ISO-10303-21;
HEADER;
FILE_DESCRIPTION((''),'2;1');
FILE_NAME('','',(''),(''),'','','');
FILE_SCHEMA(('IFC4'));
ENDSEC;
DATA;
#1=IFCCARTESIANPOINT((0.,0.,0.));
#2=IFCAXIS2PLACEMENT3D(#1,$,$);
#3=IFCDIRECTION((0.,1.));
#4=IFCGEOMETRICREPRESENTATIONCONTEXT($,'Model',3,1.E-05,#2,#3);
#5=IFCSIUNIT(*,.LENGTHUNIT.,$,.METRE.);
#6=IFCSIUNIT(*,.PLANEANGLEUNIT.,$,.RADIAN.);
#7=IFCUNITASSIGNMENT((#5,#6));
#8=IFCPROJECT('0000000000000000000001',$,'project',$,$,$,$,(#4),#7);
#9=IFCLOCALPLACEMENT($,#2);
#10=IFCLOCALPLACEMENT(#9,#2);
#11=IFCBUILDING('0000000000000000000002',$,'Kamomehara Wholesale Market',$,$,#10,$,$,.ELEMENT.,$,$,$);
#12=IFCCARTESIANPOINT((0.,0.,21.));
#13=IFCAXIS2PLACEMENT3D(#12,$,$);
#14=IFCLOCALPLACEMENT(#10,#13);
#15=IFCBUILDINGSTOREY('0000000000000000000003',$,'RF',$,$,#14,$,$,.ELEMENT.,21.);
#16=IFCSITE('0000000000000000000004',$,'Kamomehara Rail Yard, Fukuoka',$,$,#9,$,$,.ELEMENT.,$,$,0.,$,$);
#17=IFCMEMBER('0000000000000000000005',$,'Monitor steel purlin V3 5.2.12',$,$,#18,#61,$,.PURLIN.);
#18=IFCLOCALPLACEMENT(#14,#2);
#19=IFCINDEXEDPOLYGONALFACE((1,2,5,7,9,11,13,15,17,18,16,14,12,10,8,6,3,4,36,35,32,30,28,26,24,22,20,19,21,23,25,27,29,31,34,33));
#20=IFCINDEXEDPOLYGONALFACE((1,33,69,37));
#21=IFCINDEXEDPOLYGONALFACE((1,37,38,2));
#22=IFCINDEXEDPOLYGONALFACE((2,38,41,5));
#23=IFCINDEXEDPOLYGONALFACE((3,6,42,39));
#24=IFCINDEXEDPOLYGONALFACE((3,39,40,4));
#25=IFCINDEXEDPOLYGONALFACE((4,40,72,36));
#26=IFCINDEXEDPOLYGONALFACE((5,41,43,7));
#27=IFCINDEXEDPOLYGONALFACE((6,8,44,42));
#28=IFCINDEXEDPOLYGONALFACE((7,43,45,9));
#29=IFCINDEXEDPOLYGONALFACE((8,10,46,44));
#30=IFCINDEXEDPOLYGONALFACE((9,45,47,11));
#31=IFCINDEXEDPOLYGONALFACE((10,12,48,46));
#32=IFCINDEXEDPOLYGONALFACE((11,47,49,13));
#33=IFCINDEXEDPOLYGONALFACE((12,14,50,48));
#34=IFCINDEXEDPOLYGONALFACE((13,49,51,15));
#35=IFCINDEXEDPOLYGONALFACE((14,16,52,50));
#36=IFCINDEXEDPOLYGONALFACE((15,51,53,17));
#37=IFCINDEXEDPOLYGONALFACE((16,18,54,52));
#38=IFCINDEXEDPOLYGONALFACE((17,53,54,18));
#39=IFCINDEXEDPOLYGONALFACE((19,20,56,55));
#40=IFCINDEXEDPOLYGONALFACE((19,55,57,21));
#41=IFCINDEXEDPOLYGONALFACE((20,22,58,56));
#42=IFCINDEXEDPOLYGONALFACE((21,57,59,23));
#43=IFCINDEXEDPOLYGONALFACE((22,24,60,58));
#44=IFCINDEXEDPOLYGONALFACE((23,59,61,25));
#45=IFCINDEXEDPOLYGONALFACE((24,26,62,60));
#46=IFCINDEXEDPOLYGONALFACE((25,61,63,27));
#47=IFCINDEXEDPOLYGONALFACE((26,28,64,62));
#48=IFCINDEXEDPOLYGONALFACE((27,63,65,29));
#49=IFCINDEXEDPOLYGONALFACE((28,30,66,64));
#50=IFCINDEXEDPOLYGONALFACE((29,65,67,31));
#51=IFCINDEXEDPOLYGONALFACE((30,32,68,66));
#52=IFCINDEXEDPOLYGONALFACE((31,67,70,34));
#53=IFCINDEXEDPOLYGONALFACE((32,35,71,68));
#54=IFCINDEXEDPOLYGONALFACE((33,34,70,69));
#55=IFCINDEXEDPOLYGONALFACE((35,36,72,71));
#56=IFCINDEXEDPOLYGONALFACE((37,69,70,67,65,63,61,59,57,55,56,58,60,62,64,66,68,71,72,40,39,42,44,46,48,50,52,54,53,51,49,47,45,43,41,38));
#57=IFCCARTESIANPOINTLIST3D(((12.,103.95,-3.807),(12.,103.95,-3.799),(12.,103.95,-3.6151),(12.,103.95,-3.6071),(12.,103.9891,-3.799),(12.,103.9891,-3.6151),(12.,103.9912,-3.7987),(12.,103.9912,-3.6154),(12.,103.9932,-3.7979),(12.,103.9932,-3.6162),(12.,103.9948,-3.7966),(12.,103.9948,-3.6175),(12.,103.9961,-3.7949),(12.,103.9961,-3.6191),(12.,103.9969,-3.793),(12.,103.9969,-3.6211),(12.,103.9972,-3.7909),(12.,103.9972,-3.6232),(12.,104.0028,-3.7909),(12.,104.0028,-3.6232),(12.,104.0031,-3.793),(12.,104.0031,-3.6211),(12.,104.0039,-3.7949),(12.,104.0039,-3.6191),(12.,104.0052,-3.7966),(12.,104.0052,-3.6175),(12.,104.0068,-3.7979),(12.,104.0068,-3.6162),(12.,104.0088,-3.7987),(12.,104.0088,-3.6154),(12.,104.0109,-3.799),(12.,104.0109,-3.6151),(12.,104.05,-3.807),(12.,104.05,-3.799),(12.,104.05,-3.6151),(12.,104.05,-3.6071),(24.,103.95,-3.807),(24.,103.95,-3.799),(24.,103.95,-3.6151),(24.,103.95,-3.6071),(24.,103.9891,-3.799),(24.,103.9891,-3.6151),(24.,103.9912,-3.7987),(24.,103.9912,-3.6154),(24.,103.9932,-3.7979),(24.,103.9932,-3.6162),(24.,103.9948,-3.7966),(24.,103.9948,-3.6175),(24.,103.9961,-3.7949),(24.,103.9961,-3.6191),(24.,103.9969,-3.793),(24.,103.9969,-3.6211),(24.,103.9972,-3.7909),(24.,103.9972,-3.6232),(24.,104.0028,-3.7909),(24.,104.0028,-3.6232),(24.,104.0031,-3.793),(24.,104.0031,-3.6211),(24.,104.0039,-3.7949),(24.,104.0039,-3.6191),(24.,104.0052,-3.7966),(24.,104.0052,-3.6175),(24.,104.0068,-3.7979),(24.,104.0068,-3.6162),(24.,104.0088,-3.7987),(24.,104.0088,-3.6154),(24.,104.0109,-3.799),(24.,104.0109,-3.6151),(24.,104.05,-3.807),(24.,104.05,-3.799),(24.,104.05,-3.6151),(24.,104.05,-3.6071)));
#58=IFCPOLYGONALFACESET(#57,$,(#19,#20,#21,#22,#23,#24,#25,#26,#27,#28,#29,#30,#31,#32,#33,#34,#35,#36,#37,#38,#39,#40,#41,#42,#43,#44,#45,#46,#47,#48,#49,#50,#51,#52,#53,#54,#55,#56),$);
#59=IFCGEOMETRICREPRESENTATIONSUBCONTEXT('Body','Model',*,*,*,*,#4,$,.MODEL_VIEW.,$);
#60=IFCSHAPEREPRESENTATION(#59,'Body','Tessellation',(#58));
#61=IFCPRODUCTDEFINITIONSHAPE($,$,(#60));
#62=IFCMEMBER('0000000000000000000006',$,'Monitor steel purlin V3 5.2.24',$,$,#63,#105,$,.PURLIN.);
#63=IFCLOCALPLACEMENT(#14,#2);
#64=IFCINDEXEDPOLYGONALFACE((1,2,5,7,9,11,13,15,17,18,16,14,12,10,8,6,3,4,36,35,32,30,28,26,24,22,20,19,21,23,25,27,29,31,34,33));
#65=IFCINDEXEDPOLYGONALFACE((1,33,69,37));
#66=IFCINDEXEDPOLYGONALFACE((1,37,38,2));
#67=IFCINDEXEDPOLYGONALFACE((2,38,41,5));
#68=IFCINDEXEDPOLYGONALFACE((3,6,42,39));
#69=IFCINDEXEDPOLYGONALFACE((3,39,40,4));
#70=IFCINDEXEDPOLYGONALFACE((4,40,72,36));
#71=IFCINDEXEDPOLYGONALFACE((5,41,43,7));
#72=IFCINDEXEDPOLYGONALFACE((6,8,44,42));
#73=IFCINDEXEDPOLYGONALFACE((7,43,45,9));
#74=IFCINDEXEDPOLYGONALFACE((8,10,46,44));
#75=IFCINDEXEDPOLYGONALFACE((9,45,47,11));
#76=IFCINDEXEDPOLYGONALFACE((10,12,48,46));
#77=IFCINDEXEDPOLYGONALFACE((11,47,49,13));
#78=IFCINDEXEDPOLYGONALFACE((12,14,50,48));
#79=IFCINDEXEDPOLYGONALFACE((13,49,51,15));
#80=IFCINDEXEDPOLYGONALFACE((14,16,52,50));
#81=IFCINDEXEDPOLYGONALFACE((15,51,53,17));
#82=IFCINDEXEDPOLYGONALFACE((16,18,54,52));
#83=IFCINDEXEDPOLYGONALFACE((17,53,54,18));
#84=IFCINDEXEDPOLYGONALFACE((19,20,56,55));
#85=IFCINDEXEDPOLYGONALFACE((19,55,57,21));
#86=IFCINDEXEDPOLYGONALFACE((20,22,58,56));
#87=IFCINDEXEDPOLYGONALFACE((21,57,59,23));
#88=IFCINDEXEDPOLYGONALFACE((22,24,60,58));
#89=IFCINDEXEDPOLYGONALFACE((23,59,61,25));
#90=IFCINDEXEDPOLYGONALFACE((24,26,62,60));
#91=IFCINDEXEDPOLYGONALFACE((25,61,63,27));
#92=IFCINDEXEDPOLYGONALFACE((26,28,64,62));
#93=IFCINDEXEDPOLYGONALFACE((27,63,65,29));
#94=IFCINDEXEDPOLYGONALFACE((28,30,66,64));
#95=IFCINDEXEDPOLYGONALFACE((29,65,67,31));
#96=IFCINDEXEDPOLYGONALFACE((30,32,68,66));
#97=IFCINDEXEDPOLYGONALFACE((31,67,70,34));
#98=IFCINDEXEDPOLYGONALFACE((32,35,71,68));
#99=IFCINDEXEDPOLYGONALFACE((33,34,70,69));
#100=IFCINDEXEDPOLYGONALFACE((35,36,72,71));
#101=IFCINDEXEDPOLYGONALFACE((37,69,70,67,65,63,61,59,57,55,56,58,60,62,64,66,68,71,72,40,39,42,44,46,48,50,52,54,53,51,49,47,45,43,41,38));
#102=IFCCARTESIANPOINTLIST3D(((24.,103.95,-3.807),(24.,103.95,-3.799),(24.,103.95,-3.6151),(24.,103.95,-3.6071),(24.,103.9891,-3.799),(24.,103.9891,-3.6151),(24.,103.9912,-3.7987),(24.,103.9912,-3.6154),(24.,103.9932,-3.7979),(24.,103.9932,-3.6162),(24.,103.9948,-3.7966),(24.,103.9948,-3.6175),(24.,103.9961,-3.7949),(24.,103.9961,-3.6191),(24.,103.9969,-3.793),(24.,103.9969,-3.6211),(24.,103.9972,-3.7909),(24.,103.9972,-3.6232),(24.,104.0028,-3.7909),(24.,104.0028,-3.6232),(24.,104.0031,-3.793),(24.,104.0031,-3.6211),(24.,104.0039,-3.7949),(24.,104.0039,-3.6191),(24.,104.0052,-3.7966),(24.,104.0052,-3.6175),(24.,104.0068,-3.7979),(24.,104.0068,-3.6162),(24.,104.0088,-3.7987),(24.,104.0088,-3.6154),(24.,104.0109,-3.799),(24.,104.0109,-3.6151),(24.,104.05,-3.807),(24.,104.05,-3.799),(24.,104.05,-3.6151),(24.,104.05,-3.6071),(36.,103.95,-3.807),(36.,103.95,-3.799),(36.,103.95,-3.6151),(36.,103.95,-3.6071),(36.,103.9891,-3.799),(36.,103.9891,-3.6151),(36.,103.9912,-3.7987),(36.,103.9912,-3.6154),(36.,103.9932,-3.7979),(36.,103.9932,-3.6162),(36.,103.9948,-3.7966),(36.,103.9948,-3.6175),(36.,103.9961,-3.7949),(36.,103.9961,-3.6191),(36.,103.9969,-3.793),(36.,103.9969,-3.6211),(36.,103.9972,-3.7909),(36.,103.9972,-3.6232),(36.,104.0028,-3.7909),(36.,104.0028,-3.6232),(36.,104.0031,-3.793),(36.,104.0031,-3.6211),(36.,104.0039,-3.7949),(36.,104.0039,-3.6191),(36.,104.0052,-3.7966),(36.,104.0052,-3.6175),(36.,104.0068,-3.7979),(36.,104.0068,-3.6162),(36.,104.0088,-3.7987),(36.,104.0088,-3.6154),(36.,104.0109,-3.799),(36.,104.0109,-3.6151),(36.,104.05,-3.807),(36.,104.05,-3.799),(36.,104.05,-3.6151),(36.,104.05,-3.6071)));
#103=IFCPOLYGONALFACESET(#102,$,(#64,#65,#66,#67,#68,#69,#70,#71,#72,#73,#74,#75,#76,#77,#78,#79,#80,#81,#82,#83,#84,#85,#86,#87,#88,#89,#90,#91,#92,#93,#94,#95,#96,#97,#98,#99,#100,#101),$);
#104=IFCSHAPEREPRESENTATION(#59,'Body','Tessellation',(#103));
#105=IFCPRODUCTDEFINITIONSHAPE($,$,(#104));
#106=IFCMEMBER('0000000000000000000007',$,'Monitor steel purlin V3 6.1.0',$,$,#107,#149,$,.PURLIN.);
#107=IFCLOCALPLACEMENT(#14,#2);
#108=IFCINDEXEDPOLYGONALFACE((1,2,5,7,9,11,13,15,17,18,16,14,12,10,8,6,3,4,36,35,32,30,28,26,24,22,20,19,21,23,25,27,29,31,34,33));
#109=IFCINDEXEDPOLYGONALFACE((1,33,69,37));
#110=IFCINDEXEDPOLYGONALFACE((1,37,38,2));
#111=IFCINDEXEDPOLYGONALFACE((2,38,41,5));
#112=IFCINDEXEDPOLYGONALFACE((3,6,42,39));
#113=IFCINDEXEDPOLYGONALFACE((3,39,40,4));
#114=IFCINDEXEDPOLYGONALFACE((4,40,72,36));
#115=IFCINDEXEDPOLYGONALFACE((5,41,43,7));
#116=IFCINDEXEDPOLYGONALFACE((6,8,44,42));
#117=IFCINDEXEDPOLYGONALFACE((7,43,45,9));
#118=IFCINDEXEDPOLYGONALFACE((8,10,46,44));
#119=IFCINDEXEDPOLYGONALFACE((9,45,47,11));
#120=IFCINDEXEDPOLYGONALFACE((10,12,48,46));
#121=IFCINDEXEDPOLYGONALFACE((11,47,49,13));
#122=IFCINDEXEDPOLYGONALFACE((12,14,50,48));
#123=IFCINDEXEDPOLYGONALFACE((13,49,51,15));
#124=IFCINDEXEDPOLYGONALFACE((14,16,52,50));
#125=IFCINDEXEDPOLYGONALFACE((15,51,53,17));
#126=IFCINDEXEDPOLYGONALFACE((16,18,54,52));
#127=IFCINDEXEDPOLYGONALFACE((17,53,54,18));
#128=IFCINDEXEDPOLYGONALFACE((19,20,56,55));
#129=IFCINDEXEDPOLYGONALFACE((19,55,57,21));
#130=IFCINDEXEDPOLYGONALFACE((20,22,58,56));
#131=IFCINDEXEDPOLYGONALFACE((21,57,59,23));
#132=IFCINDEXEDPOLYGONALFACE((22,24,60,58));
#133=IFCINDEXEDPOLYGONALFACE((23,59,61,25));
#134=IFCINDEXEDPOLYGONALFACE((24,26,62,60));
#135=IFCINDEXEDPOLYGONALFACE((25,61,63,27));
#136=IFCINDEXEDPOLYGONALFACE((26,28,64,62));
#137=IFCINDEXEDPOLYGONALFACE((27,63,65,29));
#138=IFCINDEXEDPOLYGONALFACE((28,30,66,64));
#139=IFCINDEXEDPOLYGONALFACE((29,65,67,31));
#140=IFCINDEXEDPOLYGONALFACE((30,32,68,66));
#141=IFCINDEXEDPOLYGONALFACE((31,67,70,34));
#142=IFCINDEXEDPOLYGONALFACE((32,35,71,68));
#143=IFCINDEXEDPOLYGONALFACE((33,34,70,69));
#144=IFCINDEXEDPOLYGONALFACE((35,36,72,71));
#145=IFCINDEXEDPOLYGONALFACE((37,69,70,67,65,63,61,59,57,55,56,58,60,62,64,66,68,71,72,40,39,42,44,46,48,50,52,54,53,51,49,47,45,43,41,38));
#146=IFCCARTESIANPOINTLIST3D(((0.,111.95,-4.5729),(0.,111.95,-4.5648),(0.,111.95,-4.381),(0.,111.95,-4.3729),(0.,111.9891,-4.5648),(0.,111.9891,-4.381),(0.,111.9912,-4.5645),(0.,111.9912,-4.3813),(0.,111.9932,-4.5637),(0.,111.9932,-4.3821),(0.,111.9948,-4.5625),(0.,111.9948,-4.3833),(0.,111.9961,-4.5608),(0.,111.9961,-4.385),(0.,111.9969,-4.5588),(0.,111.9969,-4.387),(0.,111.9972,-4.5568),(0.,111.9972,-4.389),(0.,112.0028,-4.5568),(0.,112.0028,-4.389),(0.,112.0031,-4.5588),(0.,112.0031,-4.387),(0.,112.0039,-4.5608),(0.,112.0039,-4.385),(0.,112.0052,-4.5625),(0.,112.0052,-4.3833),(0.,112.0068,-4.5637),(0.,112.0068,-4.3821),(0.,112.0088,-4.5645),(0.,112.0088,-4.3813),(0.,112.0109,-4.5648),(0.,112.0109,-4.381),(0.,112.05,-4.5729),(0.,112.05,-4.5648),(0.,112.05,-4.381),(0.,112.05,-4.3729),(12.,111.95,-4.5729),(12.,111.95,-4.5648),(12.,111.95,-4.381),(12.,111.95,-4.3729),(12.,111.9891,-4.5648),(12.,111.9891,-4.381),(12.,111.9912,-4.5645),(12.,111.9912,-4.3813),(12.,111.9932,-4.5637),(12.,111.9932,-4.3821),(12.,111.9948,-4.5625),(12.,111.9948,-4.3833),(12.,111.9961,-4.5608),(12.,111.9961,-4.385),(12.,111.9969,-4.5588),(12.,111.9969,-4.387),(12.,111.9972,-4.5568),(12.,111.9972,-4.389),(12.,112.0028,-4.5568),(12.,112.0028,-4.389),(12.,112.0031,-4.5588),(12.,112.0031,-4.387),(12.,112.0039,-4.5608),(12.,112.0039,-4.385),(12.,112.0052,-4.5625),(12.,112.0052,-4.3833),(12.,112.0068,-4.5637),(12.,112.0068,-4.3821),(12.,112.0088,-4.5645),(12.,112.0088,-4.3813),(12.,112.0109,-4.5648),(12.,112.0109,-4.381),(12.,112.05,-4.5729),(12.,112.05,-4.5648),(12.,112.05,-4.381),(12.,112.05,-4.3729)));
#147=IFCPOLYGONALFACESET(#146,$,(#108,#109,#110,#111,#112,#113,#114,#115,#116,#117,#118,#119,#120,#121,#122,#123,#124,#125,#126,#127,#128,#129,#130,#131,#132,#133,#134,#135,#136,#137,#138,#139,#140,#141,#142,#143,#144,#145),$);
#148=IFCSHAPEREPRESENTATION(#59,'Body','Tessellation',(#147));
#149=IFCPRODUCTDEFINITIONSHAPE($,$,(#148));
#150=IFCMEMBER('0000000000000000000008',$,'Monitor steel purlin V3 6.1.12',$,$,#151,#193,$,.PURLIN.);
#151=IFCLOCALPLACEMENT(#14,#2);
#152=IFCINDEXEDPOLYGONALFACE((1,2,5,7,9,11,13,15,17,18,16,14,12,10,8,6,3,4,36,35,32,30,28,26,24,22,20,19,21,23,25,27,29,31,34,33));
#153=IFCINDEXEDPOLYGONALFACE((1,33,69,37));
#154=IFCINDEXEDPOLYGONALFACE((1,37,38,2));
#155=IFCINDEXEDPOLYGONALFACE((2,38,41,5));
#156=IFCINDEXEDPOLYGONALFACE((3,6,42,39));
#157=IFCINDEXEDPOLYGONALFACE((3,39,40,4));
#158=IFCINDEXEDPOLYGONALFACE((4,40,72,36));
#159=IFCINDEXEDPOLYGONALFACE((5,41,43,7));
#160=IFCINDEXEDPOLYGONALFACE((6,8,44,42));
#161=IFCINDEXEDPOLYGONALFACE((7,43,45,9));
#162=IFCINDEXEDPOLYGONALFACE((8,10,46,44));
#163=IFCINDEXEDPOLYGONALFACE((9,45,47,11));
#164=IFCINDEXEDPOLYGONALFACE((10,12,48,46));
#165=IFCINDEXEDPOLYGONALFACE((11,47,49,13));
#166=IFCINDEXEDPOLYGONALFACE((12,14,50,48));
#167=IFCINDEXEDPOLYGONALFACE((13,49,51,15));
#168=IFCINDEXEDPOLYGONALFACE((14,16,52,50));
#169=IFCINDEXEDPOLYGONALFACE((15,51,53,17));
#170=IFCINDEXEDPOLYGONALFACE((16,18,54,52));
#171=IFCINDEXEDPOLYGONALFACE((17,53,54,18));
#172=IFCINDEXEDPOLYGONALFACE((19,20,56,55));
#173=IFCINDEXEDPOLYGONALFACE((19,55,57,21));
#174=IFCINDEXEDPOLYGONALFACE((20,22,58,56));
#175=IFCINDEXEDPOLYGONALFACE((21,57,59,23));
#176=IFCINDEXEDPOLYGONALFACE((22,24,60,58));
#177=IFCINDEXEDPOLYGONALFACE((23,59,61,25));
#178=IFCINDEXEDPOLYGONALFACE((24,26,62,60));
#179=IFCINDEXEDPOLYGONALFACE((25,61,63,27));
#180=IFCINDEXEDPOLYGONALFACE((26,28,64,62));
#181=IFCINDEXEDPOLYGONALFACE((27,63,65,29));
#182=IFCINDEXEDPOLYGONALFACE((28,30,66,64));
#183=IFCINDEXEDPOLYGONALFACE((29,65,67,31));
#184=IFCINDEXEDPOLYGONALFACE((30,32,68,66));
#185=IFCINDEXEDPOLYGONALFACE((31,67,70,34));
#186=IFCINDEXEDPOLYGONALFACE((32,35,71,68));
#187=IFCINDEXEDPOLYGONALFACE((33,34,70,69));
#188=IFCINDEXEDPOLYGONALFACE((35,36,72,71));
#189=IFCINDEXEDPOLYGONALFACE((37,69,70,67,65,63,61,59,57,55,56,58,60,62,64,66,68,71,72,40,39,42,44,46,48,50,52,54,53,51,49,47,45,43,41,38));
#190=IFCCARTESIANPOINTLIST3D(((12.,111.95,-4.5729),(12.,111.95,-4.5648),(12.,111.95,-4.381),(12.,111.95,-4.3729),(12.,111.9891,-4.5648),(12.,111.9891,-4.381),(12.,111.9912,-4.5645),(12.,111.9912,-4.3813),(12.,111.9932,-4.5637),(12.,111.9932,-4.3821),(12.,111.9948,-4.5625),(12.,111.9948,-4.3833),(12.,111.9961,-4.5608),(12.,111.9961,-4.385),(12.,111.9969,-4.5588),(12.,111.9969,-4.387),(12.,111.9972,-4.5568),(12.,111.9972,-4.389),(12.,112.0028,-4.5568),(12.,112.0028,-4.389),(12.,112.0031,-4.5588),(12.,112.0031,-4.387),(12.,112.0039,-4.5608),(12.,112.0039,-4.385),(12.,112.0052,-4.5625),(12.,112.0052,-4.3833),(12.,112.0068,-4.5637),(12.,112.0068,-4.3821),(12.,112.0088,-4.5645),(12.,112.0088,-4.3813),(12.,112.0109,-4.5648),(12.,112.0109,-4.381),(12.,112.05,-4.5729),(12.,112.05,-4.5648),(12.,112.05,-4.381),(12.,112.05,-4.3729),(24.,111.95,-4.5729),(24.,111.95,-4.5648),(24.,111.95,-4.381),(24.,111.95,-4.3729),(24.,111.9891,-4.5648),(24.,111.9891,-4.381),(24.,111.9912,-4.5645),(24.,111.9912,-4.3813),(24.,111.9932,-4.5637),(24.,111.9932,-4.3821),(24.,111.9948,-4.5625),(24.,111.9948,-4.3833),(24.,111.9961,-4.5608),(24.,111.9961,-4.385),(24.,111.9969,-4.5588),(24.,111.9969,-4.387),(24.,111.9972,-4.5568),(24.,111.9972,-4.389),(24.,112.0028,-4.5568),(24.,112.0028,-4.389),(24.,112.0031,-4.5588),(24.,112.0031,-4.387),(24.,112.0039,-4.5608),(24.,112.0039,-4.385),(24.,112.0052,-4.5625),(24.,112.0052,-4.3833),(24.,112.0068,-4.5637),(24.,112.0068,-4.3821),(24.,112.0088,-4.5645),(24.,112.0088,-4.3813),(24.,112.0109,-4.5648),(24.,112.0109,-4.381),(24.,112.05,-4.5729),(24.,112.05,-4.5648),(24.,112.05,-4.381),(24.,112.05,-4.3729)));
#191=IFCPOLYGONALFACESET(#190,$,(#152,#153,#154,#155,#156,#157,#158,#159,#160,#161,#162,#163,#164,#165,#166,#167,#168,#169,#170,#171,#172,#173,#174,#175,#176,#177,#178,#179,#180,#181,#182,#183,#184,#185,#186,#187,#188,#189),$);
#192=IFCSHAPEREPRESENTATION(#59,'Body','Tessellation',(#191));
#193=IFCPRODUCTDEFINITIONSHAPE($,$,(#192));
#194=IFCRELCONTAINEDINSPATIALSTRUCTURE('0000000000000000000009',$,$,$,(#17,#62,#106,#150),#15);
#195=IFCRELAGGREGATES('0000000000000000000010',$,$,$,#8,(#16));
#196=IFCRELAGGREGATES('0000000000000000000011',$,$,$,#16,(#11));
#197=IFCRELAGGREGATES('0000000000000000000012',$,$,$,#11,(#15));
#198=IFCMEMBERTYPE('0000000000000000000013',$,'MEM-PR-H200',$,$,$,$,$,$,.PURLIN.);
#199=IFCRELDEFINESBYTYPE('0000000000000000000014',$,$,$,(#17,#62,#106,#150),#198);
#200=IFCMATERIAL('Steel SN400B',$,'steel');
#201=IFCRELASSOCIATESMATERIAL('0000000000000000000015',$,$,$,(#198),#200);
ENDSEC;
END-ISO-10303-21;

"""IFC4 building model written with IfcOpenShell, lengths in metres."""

from ifc_helpers import new_model, si_unit, direction, frame, origin, origin_2d, place, context, subcontext, project, spatial, i_section, extrude, material, material_profile, profile_set, type_object, element, save


model = new_model("IFC4")

# Units and contexts
model_context = context("Model", 3, precision=1e-05, world=origin(), true_north=direction((0.0, 1.0)))
body_context = subcontext(model_context, "Body", "Model", "MODEL_VIEW")
ifc_project = project(units=[si_unit("LENGTHUNIT", "METRE"), si_unit("PLANEANGLEUNIT", "RADIAN")], contexts=[model_context])

# Site, building, storey
site_placement = place(None, origin())
site = spatial("IfcSite", under=ifc_project, at=site_placement, Name="Kamomehara Rail Yard, Fukuoka", CompositionType="ELEMENT", RefElevation=0.0)
building_placement = place(site_placement, origin())
building = spatial("IfcBuilding", under=site, at=building_placement, Name="Kamomehara Wholesale Market", CompositionType="ELEMENT")
storey_placement = place(building_placement, frame((0.0, 0.0, 21.0)))
storey = spatial("IfcBuildingStorey", under=building, at=storey_placement, Name="RF", CompositionType="ELEMENT", Elevation=21.0)

# Members
ifc_material_1 = material(Name="Steel SN400B", Category="steel")
ifc_material_profile_1 = material_profile(ifc_material_1, i_section(OverallWidth=0.1001, OverallDepth=0.2, WebThickness=0.0056, FlangeThickness=0.0081, FilletRadius=0.0081, at=origin_2d()), Name="H-200x100x5.5x8")
ifc_profile_set_1 = profile_set([ifc_material_profile_1], Name="Steel SN400B")
member_type = type_object("IfcMemberType", Name="MEM-PR-H200", PredefinedType="PURLIN", material=ifc_profile_set_1)
for number, where, z_axis, x_axis, name in (
    (1, (12.0, 104.0, -3.707), (1.0, 0.0, 0.0), (0.0, 1.0, 0.0), "Monitor steel purlin V3 5.2.12"),
    (2, (24.0, 104.0, -3.707), (1.0, 0.0, 0.0), (0.0, 1.0, 0.0), "Monitor steel purlin V3 5.2.24"),
    (3, (0.0, 112.0, -4.4729), (1.0, 0.0, 0.0), (0.0, 1.0, 0.0), "Monitor steel purlin V3 6.1.0"),
    (4, (12.0, 112.0, -4.4729), (1.0, 0.0, 0.0), (0.0, 1.0, 0.0), "Monitor steel purlin V3 6.1.12"),
):
    element("IfcMember", number, at=place(storey_placement, frame(where, z_axis=z_axis, x_axis=x_axis)), inside=storey, type_object=member_type, Name=name, PredefinedType="PURLIN", context=body_context, shape_type="SweptSolid", body=[
        extrude(i_section(OverallWidth=0.1001, OverallDepth=0.2, WebThickness=0.0056, FlangeThickness=0.0081, FilletRadius=0.0081, at=origin_2d()), origin(), (0.0, 0.0, 1.0), 12.0),
    ])

save(model, "model.ifc")
